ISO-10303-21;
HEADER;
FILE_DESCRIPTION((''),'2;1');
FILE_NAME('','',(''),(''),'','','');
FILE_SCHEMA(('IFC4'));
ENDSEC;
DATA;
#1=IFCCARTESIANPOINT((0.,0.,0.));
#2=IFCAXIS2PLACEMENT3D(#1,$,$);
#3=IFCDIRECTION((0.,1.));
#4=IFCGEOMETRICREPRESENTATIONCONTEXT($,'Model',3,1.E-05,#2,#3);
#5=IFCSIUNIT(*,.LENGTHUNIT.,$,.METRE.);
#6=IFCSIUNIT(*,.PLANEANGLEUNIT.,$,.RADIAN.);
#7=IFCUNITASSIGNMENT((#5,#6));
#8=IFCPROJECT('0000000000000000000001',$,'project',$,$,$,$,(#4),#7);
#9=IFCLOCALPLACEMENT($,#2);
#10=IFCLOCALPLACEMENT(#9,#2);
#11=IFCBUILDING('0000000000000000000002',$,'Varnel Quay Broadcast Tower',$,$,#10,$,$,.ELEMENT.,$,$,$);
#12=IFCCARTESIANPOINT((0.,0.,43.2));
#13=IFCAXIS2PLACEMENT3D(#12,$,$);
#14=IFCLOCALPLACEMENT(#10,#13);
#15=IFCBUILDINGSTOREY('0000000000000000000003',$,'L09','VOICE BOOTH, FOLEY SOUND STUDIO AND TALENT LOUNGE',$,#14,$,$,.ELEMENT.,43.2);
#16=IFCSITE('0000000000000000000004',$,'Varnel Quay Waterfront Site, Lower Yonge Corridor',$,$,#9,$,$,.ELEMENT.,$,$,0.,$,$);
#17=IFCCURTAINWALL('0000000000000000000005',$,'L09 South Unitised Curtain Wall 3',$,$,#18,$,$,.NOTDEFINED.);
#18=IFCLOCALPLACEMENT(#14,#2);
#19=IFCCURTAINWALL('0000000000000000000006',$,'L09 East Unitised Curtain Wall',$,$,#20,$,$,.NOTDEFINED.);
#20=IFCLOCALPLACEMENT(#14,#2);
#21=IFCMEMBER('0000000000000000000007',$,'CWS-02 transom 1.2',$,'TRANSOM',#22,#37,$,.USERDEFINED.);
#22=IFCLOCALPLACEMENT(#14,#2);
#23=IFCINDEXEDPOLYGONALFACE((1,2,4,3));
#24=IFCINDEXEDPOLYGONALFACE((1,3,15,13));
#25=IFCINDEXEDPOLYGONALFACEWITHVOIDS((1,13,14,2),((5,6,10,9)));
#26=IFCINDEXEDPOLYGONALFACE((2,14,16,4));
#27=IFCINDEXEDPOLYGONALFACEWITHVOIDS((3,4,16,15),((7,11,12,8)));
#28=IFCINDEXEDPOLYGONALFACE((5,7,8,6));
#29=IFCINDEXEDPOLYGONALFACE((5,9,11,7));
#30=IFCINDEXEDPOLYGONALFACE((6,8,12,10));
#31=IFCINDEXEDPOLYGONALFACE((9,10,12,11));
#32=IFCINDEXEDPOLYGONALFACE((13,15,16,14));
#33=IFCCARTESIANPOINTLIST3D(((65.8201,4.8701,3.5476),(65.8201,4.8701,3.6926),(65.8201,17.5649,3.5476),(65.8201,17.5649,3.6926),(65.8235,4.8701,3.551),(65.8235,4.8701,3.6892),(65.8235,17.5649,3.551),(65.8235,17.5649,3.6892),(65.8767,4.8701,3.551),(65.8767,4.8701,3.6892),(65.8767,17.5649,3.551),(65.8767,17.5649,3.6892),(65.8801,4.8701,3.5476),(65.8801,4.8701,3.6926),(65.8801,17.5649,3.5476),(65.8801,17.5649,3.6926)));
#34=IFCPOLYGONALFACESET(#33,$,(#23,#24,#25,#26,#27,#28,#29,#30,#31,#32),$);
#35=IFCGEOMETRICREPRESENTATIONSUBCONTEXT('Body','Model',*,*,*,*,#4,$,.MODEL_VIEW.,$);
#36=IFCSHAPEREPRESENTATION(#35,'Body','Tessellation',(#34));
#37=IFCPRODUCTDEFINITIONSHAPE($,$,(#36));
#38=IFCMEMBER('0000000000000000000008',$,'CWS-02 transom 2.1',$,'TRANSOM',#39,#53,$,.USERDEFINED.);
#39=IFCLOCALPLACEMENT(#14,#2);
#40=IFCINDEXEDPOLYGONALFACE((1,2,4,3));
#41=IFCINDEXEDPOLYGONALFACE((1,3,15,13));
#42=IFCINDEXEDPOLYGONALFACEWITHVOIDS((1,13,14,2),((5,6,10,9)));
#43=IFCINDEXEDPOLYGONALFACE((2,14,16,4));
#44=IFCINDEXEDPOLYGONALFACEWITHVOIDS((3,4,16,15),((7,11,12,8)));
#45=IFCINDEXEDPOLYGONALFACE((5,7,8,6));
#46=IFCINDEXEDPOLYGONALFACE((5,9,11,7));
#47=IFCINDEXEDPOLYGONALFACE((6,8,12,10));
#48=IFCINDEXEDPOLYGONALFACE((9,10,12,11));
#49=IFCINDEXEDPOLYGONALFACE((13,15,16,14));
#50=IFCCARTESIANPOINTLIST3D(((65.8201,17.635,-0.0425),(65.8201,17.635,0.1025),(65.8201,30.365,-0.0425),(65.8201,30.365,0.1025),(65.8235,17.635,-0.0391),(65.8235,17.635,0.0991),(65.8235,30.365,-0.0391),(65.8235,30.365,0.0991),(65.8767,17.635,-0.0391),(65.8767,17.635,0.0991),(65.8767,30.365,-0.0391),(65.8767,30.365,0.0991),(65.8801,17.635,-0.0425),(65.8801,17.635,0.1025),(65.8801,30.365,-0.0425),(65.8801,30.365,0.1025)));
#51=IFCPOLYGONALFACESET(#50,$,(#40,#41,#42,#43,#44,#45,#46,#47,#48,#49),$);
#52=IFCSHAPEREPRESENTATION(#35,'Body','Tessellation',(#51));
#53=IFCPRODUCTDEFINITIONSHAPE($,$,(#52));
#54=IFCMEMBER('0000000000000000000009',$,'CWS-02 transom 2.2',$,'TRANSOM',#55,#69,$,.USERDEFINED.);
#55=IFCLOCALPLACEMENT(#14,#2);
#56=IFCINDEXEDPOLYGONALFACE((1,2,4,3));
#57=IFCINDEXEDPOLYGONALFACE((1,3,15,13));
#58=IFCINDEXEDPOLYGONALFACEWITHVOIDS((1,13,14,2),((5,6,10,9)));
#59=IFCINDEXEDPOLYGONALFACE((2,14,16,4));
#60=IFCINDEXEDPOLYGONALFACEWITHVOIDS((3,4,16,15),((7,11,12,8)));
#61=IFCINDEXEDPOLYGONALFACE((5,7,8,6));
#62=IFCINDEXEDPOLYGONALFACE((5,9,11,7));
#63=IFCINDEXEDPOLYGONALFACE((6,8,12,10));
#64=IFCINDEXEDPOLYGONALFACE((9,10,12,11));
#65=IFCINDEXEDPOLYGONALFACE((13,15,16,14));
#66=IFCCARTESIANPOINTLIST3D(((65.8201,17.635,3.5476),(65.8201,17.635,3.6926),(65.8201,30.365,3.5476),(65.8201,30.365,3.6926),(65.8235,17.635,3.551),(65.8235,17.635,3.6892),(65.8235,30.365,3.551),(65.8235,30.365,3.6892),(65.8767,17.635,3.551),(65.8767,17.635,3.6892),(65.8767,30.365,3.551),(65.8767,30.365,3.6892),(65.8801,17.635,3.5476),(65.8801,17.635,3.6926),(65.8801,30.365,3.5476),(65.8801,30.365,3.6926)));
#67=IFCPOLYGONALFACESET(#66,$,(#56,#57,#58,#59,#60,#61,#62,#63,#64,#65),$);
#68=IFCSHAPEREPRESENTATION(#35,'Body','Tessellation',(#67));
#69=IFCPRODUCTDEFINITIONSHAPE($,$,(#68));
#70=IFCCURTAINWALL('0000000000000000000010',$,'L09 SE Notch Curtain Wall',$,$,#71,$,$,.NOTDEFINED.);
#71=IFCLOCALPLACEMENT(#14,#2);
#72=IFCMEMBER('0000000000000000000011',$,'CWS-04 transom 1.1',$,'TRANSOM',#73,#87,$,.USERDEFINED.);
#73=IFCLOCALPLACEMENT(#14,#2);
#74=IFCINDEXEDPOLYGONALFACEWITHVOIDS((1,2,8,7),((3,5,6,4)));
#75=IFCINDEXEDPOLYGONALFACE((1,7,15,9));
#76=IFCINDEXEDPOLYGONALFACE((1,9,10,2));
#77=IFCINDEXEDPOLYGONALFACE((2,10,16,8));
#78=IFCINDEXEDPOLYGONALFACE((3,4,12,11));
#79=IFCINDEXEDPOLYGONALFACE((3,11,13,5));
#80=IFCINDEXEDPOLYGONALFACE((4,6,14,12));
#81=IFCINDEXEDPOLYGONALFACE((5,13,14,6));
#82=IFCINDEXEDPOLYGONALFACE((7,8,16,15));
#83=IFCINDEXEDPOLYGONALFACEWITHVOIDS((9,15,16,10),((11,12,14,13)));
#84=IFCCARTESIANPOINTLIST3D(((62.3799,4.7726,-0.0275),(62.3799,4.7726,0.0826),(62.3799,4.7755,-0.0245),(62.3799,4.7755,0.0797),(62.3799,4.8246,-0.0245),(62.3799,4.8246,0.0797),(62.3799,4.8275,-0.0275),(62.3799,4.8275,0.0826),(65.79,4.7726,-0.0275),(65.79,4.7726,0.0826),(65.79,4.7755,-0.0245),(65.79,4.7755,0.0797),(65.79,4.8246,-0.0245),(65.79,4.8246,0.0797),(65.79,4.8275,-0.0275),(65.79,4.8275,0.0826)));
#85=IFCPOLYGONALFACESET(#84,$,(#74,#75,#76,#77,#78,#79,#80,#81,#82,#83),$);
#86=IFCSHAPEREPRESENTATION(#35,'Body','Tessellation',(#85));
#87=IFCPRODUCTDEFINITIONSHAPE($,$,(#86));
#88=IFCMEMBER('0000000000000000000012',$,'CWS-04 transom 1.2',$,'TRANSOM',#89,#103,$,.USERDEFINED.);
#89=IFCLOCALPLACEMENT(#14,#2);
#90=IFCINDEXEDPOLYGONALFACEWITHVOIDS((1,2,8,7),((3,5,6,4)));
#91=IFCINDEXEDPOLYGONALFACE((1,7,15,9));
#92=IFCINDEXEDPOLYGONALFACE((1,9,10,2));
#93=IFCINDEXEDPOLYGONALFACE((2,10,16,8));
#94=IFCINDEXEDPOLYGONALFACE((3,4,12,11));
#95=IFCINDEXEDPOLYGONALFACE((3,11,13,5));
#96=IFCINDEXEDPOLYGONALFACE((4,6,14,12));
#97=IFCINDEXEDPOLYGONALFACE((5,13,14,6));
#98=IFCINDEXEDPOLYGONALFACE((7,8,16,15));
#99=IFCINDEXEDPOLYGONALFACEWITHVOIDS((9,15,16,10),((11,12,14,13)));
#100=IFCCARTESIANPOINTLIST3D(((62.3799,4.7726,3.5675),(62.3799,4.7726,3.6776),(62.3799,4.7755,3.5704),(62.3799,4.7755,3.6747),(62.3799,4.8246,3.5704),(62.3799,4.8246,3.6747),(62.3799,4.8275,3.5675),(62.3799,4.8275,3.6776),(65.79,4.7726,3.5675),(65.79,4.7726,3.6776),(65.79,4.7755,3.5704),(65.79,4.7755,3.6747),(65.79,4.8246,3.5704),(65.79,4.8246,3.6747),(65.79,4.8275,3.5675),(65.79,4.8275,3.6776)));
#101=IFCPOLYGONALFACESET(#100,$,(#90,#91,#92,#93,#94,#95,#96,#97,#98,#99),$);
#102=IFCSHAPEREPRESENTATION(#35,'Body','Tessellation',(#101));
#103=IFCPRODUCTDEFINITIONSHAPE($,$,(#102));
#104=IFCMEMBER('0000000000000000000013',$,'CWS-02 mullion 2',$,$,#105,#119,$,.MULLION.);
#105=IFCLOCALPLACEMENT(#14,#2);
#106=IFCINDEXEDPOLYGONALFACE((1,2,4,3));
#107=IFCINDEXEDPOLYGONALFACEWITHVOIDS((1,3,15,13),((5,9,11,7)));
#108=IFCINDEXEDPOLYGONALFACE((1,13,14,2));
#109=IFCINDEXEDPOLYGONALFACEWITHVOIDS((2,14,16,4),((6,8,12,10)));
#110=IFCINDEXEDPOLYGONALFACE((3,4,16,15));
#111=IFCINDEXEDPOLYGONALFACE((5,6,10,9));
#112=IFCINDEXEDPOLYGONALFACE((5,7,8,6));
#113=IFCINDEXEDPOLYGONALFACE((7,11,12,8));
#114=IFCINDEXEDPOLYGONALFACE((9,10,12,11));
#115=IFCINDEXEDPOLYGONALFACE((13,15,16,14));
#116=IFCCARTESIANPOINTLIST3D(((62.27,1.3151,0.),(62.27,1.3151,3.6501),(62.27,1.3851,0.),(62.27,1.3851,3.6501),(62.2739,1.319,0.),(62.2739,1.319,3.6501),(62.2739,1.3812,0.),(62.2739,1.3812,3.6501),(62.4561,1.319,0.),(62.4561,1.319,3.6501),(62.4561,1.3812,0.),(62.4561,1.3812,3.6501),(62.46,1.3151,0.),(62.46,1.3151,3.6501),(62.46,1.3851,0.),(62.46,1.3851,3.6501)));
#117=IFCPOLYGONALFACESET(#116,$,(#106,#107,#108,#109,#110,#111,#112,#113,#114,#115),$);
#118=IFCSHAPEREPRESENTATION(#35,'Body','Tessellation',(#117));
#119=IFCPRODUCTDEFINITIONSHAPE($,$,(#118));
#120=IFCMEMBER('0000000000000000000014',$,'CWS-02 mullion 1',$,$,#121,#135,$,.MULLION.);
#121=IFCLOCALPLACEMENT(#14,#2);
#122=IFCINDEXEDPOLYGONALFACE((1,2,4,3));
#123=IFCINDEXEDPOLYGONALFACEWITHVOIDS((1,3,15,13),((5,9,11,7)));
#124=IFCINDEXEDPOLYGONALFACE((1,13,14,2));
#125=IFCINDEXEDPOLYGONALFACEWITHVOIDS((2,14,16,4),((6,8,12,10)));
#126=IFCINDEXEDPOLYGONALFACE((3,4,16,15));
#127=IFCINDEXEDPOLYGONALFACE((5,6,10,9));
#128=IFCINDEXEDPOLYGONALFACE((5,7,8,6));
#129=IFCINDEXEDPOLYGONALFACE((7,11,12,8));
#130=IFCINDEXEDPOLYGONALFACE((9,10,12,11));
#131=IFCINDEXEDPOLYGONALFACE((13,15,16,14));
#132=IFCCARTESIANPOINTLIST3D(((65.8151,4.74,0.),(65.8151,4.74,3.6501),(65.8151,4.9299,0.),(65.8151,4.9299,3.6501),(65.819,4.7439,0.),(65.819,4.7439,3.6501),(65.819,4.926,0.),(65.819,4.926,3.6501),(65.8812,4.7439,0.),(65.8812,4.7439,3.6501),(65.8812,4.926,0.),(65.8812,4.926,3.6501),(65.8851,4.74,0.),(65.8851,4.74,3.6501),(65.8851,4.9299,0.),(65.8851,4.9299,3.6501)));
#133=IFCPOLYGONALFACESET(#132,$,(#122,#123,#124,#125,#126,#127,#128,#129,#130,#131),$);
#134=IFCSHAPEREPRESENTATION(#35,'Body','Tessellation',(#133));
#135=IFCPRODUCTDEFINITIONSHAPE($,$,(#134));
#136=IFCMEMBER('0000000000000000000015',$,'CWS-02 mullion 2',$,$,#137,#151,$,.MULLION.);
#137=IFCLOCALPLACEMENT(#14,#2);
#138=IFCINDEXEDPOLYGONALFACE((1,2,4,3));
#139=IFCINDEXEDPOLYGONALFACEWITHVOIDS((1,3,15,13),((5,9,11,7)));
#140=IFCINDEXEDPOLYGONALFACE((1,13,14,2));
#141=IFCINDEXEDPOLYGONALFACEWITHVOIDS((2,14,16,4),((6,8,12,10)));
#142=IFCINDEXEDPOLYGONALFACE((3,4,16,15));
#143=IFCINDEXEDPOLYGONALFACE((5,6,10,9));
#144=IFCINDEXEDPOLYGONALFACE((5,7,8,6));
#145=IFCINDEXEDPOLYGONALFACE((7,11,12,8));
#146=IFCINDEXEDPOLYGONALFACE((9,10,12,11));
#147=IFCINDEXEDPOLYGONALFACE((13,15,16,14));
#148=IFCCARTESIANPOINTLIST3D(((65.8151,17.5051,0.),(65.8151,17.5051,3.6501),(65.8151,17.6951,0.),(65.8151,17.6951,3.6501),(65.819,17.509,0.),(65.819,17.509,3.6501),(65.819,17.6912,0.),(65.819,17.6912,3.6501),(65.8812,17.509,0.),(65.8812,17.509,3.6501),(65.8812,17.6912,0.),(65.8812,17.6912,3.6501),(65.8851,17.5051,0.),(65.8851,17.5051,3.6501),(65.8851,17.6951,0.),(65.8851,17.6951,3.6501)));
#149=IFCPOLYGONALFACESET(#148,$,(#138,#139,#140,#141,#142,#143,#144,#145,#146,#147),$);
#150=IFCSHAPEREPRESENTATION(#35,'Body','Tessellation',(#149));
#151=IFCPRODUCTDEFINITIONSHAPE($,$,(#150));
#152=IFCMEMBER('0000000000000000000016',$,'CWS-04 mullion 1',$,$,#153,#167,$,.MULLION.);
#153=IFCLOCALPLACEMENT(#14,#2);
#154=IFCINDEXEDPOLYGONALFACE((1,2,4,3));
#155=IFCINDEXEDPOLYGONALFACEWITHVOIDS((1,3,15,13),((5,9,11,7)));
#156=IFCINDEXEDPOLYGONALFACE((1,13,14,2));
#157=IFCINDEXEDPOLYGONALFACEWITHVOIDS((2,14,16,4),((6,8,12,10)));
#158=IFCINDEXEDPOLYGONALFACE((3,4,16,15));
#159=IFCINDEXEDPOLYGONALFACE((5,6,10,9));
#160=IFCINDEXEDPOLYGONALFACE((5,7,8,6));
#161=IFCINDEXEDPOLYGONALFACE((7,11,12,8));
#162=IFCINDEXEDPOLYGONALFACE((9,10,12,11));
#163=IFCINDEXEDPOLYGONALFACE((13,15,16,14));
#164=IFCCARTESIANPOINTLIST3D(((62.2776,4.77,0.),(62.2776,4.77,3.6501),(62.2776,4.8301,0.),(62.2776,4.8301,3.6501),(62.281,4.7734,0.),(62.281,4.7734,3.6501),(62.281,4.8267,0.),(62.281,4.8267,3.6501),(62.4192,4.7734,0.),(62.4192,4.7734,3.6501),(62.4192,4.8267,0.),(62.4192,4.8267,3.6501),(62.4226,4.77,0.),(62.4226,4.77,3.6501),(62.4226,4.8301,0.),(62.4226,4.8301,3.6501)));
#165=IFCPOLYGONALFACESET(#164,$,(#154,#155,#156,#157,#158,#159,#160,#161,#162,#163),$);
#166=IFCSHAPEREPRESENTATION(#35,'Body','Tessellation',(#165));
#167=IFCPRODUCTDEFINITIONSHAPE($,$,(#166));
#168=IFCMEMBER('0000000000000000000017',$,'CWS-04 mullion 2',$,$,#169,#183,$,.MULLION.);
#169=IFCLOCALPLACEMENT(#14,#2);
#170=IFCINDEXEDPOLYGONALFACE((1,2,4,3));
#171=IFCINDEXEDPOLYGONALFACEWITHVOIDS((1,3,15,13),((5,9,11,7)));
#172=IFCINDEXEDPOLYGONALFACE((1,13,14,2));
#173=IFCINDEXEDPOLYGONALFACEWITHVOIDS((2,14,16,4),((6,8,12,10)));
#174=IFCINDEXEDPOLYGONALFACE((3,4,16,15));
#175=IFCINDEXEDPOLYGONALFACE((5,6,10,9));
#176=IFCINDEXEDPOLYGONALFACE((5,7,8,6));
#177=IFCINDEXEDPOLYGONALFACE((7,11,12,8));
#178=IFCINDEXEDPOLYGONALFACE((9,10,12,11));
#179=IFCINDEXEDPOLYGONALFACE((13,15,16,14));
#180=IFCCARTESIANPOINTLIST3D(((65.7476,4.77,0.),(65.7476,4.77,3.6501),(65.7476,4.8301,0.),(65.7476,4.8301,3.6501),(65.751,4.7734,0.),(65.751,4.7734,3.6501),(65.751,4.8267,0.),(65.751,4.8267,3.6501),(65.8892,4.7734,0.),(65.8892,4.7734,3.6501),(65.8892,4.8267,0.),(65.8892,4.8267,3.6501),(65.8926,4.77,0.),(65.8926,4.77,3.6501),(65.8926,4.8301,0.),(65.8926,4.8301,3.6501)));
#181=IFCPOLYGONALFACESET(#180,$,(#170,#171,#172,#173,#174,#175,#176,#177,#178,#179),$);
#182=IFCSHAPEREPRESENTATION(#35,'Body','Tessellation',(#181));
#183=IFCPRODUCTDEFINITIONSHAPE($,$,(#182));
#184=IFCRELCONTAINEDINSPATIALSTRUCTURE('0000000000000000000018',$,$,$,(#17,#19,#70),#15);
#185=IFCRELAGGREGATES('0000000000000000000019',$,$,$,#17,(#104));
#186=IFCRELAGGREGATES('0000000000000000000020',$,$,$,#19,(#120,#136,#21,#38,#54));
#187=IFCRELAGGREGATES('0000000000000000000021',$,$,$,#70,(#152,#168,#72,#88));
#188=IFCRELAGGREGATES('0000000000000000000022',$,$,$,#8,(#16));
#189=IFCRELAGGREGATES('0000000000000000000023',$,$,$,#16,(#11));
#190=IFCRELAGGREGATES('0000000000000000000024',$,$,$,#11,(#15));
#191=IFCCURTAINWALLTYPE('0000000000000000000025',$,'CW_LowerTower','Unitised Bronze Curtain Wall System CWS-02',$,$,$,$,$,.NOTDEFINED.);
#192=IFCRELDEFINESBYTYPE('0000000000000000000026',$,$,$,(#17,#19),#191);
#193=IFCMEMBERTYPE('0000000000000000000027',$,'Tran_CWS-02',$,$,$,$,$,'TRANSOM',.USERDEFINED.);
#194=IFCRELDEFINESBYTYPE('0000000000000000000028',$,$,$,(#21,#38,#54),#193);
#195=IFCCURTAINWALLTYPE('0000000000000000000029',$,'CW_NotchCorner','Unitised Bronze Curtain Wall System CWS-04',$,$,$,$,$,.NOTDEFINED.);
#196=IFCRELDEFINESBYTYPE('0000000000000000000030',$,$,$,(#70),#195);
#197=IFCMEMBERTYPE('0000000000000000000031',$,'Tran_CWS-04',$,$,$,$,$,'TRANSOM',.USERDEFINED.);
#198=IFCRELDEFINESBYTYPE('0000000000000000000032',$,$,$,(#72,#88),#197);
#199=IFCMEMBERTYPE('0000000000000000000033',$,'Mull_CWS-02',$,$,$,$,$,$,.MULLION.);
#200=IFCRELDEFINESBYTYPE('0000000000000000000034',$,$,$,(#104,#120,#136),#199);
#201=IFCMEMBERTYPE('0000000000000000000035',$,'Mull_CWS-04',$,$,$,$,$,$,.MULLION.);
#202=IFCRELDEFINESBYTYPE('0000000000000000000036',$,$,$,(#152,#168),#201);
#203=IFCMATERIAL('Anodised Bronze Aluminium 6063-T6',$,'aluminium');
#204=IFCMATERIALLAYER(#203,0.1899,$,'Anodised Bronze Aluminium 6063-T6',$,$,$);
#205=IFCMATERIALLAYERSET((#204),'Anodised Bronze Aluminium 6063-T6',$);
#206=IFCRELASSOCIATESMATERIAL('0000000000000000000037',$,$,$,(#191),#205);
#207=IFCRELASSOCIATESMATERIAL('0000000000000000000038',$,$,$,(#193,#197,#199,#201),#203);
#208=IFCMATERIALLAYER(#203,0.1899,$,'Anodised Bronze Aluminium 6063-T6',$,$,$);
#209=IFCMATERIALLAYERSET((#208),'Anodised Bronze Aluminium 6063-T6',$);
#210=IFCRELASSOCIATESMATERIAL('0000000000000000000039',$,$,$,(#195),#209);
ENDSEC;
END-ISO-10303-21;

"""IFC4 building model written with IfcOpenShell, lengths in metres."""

from ifc_helpers import new_model, si_unit, direction, frame, origin, origin_2d, place, context, subcontext, project, spatial, hollow_rectangle, extrude, source, transform, mapped, material, layer, layer_set, material_profile, profile_set, type_object, type_shapes, element, aggregate, save


model = new_model("IFC4")

# Units and contexts
model_context = context("Model", 3, precision=1e-05, world=origin(), true_north=direction((0.0, 1.0)))
body_context = subcontext(model_context, "Body", "Model", "MODEL_VIEW")
ifc_project = project(units=[si_unit("LENGTHUNIT", "METRE"), si_unit("PLANEANGLEUNIT", "RADIAN")], contexts=[model_context])

# Site, building, storey
site_placement = place(None, origin())
site = spatial("IfcSite", under=ifc_project, at=site_placement, Name="Varnel Quay Waterfront Site, Lower Yonge Corridor", CompositionType="ELEMENT", RefElevation=0.0)
building_placement = place(site_placement, origin())
building = spatial("IfcBuilding", under=site, at=building_placement, Name="Varnel Quay Broadcast Tower", CompositionType="ELEMENT")
storey_placement = place(building_placement, frame((0.0, 0.0, 43.2)))
storey = spatial("IfcBuildingStorey", under=building, at=storey_placement, Name="L09", Description="VOICE BOOTH, FOLEY SOUND STUDIO AND TALENT LOUNGE", CompositionType="ELEMENT", Elevation=43.2)

# Curtain walls, members
ifc_material_1 = material(Name="Anodised Bronze Aluminium 6063-T6", Category="aluminium")
ifc_layer_1 = layer(ifc_material_1, 0.1899, Name="Anodised Bronze Aluminium 6063-T6")
ifc_layer_set_1 = layer_set([ifc_layer_1], Name="Anodised Bronze Aluminium 6063-T6")
curtain_wall_type_1 = type_object("IfcCurtainWallType", Name="CW_LowerTower", Description="Unitised Bronze Curtain Wall System CWS-02", PredefinedType="NOTDEFINED", material=ifc_layer_set_1)
curtain_wall_1_placement = place(storey_placement, origin())
curtain_wall_1 = element("IfcCurtainWall", 1, at=curtain_wall_1_placement, inside=storey, type_object=curtain_wall_type_1, Name="L09 South Unitised Curtain Wall 3", PredefinedType="NOTDEFINED")
ifc_material_profile_1 = material_profile(ifc_material_1, hollow_rectangle(XDim=0.0601, YDim=0.145, WallThickness=0.0034, at=origin_2d()), Name="ALU60X145X3.5")
ifc_profile_set_1 = profile_set([ifc_material_profile_1], Name="Anodised Bronze Aluminium 6063-T6")
member_type_1 = type_object("IfcMemberType", Name="Tran_CWS-02", ElementType="TRANSOM", PredefinedType="USERDEFINED", material=ifc_profile_set_1)
curtain_wall_2_placement = place(storey_placement, origin())
curtain_wall_2 = element("IfcCurtainWall", 2, at=curtain_wall_2_placement, inside=storey, type_object=curtain_wall_type_1, Name="L09 East Unitised Curtain Wall", PredefinedType="NOTDEFINED")
shared_shape_1 = source(origin(), body_context, "Body", "SweptSolid", [
    extrude(hollow_rectangle(XDim=0.0601, YDim=0.145, WallThickness=0.0034, at=origin_2d()), origin(), (0.0, 0.0, 1.0), 12.6948),
])
member_1_placement = place(storey_placement, frame((65.8501, 4.8701, 3.6201), z_axis=(0.0, 1.0, 0.0), x_axis=(-1.0, 0.0, 0.0)))
member_1 = element("IfcMember", 3, at=member_1_placement, type_object=member_type_1, Name="CWS-02 transom 1.2", ObjectType="TRANSOM", PredefinedType="USERDEFINED", context=body_context, shape_type="MappedRepresentation", body=[
    mapped(shared_shape_1, transform((0.0, 0.0, 0.0), x_axis=(1.0, 0.0, 0.0), y_axis=(0.0, 1.0, 0.0), z_axis=(0.0, 0.0, 1.0), scale=1.0)),
])
shared_shape_2 = source(origin(), body_context, "Body", "SweptSolid", [
    extrude(hollow_rectangle(XDim=0.0601, YDim=0.145, WallThickness=0.0034, at=origin_2d()), origin(), (0.0, 0.0, 1.0), 12.73),
])
member_2_placement = place(storey_placement, frame((65.8501, 17.635, 0.03), z_axis=(0.0, 1.0, 0.0), x_axis=(-1.0, 0.0, 0.0)))
member_2 = element("IfcMember", 4, at=member_2_placement, type_object=member_type_1, Name="CWS-02 transom 2.1", ObjectType="TRANSOM", PredefinedType="USERDEFINED", context=body_context, shape_type="MappedRepresentation", body=[
    mapped(shared_shape_2, transform((0.0, 0.0, 0.0), x_axis=(1.0, 0.0, 0.0), y_axis=(0.0, 1.0, 0.0), z_axis=(0.0, 0.0, 1.0), scale=1.0)),
])
member_3_placement = place(storey_placement, frame((65.8501, 17.635, 3.6201), z_axis=(0.0, 1.0, 0.0), x_axis=(-1.0, 0.0, 0.0)))
member_3 = element("IfcMember", 5, at=member_3_placement, type_object=member_type_1, Name="CWS-02 transom 2.2", ObjectType="TRANSOM", PredefinedType="USERDEFINED", context=body_context, shape_type="MappedRepresentation", body=[
    mapped(shared_shape_2, transform((0.0, 0.0, 0.0), x_axis=(1.0, 0.0, 0.0), y_axis=(0.0, 1.0, 0.0), z_axis=(0.0, 0.0, 1.0), scale=1.0)),
])
ifc_layer_2 = layer(ifc_material_1, 0.1899, Name="Anodised Bronze Aluminium 6063-T6")
ifc_layer_set_2 = layer_set([ifc_layer_2], Name="Anodised Bronze Aluminium 6063-T6")
curtain_wall_type_2 = type_object("IfcCurtainWallType", Name="CW_NotchCorner", Description="Unitised Bronze Curtain Wall System CWS-04", PredefinedType="NOTDEFINED", material=ifc_layer_set_2)
curtain_wall_3_placement = place(storey_placement, origin())
curtain_wall_3 = element("IfcCurtainWall", 6, at=curtain_wall_3_placement, inside=storey, type_object=curtain_wall_type_2, Name="L09 SE Notch Curtain Wall", PredefinedType="NOTDEFINED")
ifc_material_profile_2 = material_profile(ifc_material_1, hollow_rectangle(XDim=0.0549, YDim=0.1101, WallThickness=0.0029, at=origin_2d()), Name="ALU55X110X3")
ifc_profile_set_2 = profile_set([ifc_material_profile_2], Name="Anodised Bronze Aluminium 6063-T6")
member_type_2 = type_object("IfcMemberType", Name="Tran_CWS-04", ElementType="TRANSOM", PredefinedType="USERDEFINED", material=ifc_profile_set_2)
shared_shape_3 = source(origin(), body_context, "Body", "SweptSolid", [
    extrude(hollow_rectangle(XDim=0.0549, YDim=0.1101, WallThickness=0.0029, at=origin_2d()), origin(), (0.0, 0.0, 1.0), 3.4102),
])
type_shapes(member_type_2, [shared_shape_3])
member_4_placement = place(storey_placement, frame((62.3799, 4.8, 0.0276), z_axis=(1.0, 0.0, 0.0), x_axis=(0.0, 1.0, 0.0)))
member_4 = element("IfcMember", 7, at=member_4_placement, type_object=member_type_2, Name="CWS-04 transom 1.1", ObjectType="TRANSOM", PredefinedType="USERDEFINED", context=body_context, shape_type="MappedRepresentation", body=[
    mapped(shared_shape_3, transform((0.0, 0.0, 0.0), x_axis=(1.0, 0.0, 0.0), y_axis=(0.0, 1.0, 0.0), z_axis=(0.0, 0.0, 1.0), scale=1.0)),
])
member_5_placement = place(storey_placement, frame((62.3799, 4.8, 3.6226), z_axis=(1.0, 0.0, 0.0), x_axis=(0.0, 1.0, 0.0)))
member_5 = element("IfcMember", 8, at=member_5_placement, type_object=member_type_2, Name="CWS-04 transom 1.2", ObjectType="TRANSOM", PredefinedType="USERDEFINED", context=body_context, shape_type="MappedRepresentation", body=[
    mapped(shared_shape_3, transform((0.0, 0.0, 0.0), x_axis=(1.0, 0.0, 0.0), y_axis=(0.0, 1.0, 0.0), z_axis=(0.0, 0.0, 1.0), scale=1.0)),
])

# Members
ifc_material_profile_3 = material_profile(ifc_material_1, hollow_rectangle(XDim=0.0701, YDim=0.1899, WallThickness=0.0039, at=origin_2d()), Name="ALU70X190X4")
ifc_profile_set_3 = profile_set([ifc_material_profile_3], Name="Anodised Bronze Aluminium 6063-T6")
member_type_3 = type_object("IfcMemberType", Name="Mull_CWS-02", PredefinedType="MULLION", material=ifc_profile_set_3)
shared_shape_4 = source(origin(), body_context, "Body", "SweptSolid", [
    extrude(hollow_rectangle(XDim=0.0701, YDim=0.1899, WallThickness=0.0039, at=origin_2d()), origin(), (0.0, 0.0, 1.0), 3.6501),
])
type_shapes(member_type_3, [shared_shape_4])
member_6_placement = place(storey_placement, frame((62.365, 1.3501, 0.0), z_axis=(0.0, 0.0, 1.0), x_axis=(0.0, 1.0, 0.0)))
member_6 = element("IfcMember", 9, at=member_6_placement, type_object=member_type_3, Name="CWS-02 mullion 2", PredefinedType="MULLION", context=body_context, shape_type="MappedRepresentation", body=[
    mapped(shared_shape_4, transform((0.0, 0.0, 0.0), x_axis=(1.0, 0.0, 0.0), y_axis=(0.0, 1.0, 0.0), z_axis=(0.0, 0.0, 1.0), scale=1.0)),
])
member_7_placement = place(storey_placement, frame((65.8501, 4.835, 0.0), z_axis=(0.0, 0.0, 1.0), x_axis=(-1.0, 0.0, 0.0)))
member_7 = element("IfcMember", 10, at=member_7_placement, type_object=member_type_3, Name="CWS-02 mullion 1", PredefinedType="MULLION", context=body_context, shape_type="MappedRepresentation", body=[
    mapped(shared_shape_4, transform((0.0, 0.0, 0.0), x_axis=(1.0, 0.0, 0.0), y_axis=(0.0, 1.0, 0.0), z_axis=(0.0, 0.0, 1.0), scale=1.0)),
])
member_8_placement = place(storey_placement, frame((65.8501, 17.6001, 0.0), z_axis=(0.0, 0.0, 1.0), x_axis=(-1.0, 0.0, 0.0)))
member_8 = element("IfcMember", 11, at=member_8_placement, type_object=member_type_3, Name="CWS-02 mullion 2", PredefinedType="MULLION", context=body_context, shape_type="MappedRepresentation", body=[
    mapped(shared_shape_4, transform((0.0, 0.0, 0.0), x_axis=(1.0, 0.0, 0.0), y_axis=(0.0, 1.0, 0.0), z_axis=(0.0, 0.0, 1.0), scale=1.0)),
])
ifc_material_profile_4 = material_profile(ifc_material_1, hollow_rectangle(XDim=0.0601, YDim=0.145, WallThickness=0.0034, at=origin_2d()), Name="ALU60X145X3.5")
ifc_profile_set_4 = profile_set([ifc_material_profile_4], Name="Anodised Bronze Aluminium 6063-T6")
member_type_4 = type_object("IfcMemberType", Name="Mull_CWS-04", PredefinedType="MULLION", material=ifc_profile_set_4)
shared_shape_5 = source(origin(), body_context, "Body", "SweptSolid", [
    extrude(hollow_rectangle(XDim=0.0601, YDim=0.145, WallThickness=0.0034, at=origin_2d()), origin(), (0.0, 0.0, 1.0), 3.6501),
])
type_shapes(member_type_4, [shared_shape_5])
member_9_placement = place(storey_placement, frame((62.3501, 4.8, 0.0), z_axis=(0.0, 0.0, 1.0), x_axis=(0.0, 1.0, 0.0)))
member_9 = element("IfcMember", 12, at=member_9_placement, type_object=member_type_4, Name="CWS-04 mullion 1", PredefinedType="MULLION", context=body_context, shape_type="MappedRepresentation", body=[
    mapped(shared_shape_5, transform((0.0, 0.0, 0.0), x_axis=(1.0, 0.0, 0.0), y_axis=(0.0, 1.0, 0.0), z_axis=(0.0, 0.0, 1.0), scale=1.0)),
])
member_10_placement = place(storey_placement, frame((65.8201, 4.8, 0.0), z_axis=(0.0, 0.0, 1.0), x_axis=(0.0, 1.0, 0.0)))
member_10 = element("IfcMember", 13, at=member_10_placement, type_object=member_type_4, Name="CWS-04 mullion 2", PredefinedType="MULLION", context=body_context, shape_type="MappedRepresentation", body=[
    mapped(shared_shape_5, transform((0.0, 0.0, 0.0), x_axis=(1.0, 0.0, 0.0), y_axis=(0.0, 1.0, 0.0), z_axis=(0.0, 0.0, 1.0), scale=1.0)),
])

aggregate(curtain_wall_1, [member_6])
aggregate(curtain_wall_2, [member_7, member_8, member_1, member_2, member_3])
aggregate(curtain_wall_3, [member_9, member_10, member_4, member_5])

save(model, "model.ifc")
